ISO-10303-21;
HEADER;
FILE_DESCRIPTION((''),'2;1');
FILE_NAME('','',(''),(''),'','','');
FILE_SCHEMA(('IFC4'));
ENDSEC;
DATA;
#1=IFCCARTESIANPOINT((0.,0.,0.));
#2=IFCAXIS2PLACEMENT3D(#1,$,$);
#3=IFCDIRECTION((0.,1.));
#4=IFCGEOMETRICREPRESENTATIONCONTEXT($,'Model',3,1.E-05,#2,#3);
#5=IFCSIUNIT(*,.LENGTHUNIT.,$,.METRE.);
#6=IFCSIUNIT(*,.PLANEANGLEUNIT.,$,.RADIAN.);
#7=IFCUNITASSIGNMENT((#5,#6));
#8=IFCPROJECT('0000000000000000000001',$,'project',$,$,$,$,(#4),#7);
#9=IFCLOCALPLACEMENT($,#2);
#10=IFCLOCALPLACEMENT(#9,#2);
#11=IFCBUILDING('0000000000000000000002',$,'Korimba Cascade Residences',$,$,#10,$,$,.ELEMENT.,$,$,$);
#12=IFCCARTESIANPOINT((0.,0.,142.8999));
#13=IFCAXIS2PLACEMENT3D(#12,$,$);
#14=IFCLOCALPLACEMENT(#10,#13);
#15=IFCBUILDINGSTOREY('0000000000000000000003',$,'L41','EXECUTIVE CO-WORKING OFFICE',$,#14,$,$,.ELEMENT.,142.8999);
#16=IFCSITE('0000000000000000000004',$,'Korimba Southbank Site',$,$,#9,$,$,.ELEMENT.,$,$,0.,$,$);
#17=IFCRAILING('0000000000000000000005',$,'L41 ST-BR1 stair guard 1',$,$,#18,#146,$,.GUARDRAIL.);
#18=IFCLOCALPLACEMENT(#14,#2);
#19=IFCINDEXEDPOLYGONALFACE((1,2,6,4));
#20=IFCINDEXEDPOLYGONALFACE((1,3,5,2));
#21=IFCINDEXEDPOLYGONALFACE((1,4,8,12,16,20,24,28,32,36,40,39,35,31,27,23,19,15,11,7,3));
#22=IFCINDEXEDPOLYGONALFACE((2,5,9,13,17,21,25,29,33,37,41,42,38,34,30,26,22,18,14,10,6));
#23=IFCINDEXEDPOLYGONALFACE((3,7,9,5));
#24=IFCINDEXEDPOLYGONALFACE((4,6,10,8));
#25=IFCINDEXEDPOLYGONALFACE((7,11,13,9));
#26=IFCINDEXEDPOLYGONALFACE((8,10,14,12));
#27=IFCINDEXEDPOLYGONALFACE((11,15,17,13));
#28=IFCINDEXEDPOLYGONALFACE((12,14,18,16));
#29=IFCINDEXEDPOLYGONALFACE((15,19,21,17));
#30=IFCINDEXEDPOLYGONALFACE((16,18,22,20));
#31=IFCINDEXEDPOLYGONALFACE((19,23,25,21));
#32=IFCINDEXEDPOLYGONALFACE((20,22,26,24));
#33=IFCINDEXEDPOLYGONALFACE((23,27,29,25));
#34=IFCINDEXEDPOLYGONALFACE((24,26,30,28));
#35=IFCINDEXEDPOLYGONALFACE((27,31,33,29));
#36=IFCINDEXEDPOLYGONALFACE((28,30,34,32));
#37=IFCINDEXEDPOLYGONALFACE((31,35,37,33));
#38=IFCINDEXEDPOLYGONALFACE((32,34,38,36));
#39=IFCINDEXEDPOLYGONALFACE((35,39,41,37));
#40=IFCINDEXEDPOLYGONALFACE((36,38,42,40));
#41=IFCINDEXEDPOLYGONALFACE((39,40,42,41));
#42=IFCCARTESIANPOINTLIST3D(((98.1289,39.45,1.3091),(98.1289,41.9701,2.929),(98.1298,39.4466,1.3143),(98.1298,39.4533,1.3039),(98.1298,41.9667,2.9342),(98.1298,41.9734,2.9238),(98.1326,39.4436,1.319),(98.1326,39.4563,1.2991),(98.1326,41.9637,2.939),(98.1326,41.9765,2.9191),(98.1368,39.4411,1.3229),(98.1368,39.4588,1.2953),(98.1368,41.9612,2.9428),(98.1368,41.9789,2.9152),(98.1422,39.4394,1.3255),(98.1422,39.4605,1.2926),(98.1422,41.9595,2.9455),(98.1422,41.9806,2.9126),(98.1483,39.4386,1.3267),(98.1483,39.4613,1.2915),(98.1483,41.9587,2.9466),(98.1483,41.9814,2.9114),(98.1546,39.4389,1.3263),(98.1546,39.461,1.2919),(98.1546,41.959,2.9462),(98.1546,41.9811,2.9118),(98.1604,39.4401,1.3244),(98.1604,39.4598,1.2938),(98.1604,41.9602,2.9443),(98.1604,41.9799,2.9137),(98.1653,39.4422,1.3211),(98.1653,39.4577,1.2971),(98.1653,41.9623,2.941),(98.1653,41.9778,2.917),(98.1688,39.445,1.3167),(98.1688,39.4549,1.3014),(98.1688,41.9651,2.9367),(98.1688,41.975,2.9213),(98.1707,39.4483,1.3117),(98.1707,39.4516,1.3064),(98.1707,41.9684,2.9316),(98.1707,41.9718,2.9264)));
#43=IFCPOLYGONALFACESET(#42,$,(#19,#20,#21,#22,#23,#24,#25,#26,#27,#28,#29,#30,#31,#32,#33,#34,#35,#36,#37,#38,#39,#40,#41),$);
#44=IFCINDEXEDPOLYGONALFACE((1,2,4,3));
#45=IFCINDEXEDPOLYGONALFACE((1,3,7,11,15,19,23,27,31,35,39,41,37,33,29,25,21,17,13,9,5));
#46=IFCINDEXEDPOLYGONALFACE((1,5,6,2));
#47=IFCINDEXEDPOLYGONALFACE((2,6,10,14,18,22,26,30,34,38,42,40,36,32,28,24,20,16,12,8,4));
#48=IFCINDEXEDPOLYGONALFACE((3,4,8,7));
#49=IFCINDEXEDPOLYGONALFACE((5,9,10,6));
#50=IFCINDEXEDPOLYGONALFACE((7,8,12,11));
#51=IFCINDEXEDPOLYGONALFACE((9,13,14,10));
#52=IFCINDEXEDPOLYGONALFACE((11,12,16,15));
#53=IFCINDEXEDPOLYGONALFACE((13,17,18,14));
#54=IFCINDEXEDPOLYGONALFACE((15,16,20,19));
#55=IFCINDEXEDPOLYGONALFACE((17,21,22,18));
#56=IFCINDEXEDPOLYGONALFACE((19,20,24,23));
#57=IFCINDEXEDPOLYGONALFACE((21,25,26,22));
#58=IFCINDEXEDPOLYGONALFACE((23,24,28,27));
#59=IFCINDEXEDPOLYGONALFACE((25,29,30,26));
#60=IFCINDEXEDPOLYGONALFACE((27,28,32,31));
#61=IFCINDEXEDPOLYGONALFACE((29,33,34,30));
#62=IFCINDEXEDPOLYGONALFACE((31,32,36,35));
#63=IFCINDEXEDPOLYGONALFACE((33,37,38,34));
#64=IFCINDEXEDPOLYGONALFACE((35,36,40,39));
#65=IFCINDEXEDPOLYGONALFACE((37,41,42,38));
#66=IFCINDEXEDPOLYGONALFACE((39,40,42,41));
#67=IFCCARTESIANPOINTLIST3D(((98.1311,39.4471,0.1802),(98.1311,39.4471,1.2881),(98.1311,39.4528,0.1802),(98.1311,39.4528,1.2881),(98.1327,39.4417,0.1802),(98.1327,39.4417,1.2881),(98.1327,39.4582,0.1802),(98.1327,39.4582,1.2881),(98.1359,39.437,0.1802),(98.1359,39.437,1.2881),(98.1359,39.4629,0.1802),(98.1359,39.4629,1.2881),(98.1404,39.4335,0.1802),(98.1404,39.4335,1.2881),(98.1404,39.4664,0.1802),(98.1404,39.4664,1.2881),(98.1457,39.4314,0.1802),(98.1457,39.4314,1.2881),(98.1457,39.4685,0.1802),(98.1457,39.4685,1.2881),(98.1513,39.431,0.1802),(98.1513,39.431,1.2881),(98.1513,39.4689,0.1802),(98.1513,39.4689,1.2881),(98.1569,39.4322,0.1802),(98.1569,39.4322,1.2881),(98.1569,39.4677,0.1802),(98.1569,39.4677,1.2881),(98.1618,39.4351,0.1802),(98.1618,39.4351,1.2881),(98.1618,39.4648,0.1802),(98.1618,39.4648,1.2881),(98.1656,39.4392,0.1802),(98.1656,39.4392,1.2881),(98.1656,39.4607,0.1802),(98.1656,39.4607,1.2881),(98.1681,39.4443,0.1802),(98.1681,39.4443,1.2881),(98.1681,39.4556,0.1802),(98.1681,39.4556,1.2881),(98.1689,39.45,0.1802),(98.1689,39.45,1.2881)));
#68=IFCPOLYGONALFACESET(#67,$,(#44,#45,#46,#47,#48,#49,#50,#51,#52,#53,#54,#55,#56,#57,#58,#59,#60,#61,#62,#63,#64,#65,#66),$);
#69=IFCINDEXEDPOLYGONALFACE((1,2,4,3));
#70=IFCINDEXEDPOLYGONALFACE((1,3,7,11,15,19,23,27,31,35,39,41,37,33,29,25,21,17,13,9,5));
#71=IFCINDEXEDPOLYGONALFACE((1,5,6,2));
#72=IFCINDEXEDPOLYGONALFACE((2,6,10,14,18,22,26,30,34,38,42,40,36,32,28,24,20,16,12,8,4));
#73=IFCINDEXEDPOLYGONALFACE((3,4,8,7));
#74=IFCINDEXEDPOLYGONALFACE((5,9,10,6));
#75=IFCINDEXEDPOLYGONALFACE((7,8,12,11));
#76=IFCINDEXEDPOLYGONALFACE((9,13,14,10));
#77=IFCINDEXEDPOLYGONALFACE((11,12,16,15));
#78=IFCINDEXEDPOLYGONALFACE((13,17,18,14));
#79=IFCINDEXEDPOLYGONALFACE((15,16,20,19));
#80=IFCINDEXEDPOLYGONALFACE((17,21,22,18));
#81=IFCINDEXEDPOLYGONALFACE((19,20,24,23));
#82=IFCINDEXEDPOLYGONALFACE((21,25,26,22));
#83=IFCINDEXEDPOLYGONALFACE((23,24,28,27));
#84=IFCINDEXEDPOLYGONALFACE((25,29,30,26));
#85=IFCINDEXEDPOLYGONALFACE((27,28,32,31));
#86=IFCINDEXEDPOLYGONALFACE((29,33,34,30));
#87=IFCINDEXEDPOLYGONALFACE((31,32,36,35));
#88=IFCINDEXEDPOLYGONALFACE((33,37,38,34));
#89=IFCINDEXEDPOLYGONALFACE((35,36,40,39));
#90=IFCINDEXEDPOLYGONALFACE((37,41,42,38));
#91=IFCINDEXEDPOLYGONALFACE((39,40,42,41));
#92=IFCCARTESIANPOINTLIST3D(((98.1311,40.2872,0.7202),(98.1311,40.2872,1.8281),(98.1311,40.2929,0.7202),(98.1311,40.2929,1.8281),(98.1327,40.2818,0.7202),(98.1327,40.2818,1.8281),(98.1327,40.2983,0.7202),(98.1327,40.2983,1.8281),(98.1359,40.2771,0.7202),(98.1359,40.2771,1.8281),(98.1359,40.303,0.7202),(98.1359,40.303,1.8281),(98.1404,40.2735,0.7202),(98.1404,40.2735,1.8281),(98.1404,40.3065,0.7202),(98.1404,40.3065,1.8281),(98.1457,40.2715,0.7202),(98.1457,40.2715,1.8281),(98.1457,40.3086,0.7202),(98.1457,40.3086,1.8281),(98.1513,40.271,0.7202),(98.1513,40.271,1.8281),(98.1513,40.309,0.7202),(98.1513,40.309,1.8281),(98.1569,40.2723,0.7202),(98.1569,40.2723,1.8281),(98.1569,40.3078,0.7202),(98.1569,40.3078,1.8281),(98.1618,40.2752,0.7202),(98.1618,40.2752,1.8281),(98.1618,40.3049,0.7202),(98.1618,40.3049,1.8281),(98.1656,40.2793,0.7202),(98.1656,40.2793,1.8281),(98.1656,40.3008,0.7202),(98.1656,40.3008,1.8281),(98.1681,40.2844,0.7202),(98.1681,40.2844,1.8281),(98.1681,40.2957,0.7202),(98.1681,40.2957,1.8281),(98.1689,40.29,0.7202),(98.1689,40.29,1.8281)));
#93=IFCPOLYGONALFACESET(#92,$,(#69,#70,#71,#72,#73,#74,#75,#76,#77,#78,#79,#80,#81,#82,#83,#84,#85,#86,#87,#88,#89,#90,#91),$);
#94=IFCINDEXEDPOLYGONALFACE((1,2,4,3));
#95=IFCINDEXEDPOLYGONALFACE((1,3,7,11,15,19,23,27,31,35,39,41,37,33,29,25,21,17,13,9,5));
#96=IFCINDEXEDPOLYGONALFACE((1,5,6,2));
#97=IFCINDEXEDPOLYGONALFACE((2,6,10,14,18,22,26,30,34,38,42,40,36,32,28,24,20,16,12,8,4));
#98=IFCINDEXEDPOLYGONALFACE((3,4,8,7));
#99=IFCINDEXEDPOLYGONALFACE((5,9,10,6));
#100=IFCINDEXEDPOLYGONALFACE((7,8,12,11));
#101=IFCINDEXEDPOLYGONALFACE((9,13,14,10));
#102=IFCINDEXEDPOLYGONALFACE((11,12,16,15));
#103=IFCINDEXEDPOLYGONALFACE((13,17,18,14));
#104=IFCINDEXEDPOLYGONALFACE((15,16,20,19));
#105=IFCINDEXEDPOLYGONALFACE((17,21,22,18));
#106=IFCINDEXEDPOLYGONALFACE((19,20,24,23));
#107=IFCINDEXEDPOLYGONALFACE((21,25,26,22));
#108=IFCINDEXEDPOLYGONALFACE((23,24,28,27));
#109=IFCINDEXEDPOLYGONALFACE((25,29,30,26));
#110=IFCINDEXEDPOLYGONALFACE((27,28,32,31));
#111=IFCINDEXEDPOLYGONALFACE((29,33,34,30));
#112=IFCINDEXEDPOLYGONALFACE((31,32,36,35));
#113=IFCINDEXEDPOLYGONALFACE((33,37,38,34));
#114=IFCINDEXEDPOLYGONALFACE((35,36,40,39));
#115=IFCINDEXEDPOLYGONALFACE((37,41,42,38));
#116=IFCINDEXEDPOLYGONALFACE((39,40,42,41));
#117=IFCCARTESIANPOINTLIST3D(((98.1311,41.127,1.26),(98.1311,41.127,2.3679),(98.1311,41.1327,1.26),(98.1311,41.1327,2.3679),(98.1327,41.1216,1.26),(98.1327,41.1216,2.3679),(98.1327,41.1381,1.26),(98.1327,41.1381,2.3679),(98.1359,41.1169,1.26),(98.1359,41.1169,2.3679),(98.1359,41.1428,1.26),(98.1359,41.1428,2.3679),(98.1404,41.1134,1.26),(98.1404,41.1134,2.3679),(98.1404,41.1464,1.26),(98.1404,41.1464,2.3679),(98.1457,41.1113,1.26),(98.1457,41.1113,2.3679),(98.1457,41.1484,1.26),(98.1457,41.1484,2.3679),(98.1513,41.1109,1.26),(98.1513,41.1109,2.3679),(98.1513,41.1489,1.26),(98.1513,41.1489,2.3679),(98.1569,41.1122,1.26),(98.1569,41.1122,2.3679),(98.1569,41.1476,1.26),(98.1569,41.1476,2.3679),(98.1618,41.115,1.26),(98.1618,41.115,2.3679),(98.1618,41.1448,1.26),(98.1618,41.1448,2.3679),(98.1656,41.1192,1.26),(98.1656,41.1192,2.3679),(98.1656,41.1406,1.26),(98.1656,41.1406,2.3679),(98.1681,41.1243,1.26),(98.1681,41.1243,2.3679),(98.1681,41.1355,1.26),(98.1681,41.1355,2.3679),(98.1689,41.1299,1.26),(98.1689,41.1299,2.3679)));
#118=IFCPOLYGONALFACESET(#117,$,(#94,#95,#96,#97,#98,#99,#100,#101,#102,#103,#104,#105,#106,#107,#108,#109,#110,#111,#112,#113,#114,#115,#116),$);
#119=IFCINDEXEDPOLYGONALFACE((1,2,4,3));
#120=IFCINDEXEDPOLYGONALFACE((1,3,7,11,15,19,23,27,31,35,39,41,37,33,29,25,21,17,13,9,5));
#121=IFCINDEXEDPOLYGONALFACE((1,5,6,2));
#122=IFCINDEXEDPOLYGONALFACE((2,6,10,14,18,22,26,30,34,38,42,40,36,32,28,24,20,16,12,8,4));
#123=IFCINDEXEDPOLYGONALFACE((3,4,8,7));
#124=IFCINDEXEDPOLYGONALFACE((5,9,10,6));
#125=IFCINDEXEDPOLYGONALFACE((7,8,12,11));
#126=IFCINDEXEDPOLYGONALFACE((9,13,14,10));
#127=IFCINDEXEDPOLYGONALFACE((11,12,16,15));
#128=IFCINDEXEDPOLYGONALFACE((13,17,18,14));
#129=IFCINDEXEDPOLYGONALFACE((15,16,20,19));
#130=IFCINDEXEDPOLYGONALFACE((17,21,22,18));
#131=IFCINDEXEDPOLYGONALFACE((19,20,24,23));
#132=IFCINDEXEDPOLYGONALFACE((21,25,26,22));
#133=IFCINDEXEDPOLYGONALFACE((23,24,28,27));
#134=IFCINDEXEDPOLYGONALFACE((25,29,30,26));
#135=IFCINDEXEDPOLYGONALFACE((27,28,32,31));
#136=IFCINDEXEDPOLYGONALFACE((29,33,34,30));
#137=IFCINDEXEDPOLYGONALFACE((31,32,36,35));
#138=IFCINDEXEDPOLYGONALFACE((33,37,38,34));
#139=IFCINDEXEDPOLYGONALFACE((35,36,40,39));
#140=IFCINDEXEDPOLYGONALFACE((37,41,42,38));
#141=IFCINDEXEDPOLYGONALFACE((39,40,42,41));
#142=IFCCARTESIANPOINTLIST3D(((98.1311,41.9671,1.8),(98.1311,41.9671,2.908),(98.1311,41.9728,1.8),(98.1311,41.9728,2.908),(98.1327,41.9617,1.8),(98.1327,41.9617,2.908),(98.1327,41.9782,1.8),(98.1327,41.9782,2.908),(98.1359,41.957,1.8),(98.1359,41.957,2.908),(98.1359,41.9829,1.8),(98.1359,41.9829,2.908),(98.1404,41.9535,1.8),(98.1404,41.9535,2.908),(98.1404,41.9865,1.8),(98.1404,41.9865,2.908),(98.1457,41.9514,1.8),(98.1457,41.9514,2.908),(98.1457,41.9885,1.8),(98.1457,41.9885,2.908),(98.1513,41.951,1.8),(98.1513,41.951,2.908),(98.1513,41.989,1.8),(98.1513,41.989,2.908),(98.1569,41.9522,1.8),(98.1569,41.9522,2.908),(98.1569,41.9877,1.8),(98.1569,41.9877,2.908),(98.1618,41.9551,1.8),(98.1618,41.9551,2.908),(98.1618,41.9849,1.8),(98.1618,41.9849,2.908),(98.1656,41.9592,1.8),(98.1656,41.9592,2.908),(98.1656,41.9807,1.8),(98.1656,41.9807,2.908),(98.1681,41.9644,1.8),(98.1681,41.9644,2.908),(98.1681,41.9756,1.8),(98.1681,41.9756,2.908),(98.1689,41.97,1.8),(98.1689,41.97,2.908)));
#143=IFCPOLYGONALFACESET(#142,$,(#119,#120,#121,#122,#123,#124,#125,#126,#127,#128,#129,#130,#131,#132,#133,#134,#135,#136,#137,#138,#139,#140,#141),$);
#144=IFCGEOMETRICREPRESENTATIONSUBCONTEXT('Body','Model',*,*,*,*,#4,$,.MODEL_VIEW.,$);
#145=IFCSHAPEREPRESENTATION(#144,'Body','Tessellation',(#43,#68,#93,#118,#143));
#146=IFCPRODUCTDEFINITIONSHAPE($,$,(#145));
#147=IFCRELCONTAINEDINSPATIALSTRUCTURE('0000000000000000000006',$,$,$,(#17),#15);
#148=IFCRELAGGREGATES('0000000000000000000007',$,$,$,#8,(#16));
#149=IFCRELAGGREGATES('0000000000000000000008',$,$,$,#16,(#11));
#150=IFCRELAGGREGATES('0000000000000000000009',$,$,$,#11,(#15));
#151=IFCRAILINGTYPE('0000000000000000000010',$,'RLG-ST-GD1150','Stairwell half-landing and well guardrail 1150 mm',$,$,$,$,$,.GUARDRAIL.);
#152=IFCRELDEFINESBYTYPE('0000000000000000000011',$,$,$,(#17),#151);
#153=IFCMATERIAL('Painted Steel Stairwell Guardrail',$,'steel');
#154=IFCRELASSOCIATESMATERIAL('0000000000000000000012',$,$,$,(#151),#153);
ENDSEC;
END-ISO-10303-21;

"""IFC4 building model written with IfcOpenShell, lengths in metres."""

from ifc_helpers import new_model, si_unit, direction, frame, origin, origin_2d, place, context, subcontext, project, spatial, circle, extrude, material, type_object, element, save


model = new_model("IFC4")

# Units and contexts
model_context = context("Model", 3, precision=1e-05, world=origin(), true_north=direction((0.0, 1.0)))
body_context = subcontext(model_context, "Body", "Model", "MODEL_VIEW")
ifc_project = project(units=[si_unit("LENGTHUNIT", "METRE"), si_unit("PLANEANGLEUNIT", "RADIAN")], contexts=[model_context])

# Site, building, storey
site_placement = place(None, origin())
site = spatial("IfcSite", under=ifc_project, at=site_placement, Name="Korimba Southbank Site", CompositionType="ELEMENT", RefElevation=0.0)
building_placement = place(site_placement, origin())
building = spatial("IfcBuilding", under=site, at=building_placement, Name="Korimba Cascade Residences", CompositionType="ELEMENT")
storey_placement = place(building_placement, frame((0.0, 0.0, 142.8999)))
storey = spatial("IfcBuildingStorey", under=building, at=storey_placement, Name="L41", Description="EXECUTIVE CO-WORKING OFFICE", CompositionType="ELEMENT", Elevation=142.8999)

# Railing
ifc_material_1 = material(Name="Painted Steel Stairwell Guardrail", Category="steel")
railing_type_1 = type_object("IfcRailingType", Name="RLG-ST-GD1150", Description="Stairwell half-landing and well guardrail 1150 mm", PredefinedType="GUARDRAIL", material=ifc_material_1)
railing_1_placement = place(storey_placement, frame((98.1499, 39.45, 0.1802)))
element("IfcRailing", 1, at=railing_1_placement, inside=storey, type_object=railing_type_1, Name="L41 ST-BR1 stair guard 1", PredefinedType="GUARDRAIL", context=body_context, shape_type="SweptSolid", body=[
    extrude(circle(Radius=0.021, at=origin_2d()), frame((0.0, 0.0, 1.1289), z_axis=(0.0, 0.8412, 0.540725), x_axis=(-1.0, 0.0, 0.0)), (0.0, 0.0, 1.0), 2.9958),
    extrude(circle(Radius=0.019, at=origin_2d()), origin(), (0.0, 0.0, 1.0), 1.1079),
    extrude(circle(Radius=0.019, at=origin_2d()), frame((0.0, 0.8401, 0.54)), (0.0, 0.0, 1.0), 1.1079),
    extrude(circle(Radius=0.019, at=origin_2d()), frame((0.0, 1.6799, 1.0798)), (0.0, 0.0, 1.0), 1.1079),
    extrude(circle(Radius=0.019, at=origin_2d()), frame((0.0, 2.52, 1.6199)), (0.0, 0.0, 1.0), 1.1079),
])

save(model, "model.ifc")
